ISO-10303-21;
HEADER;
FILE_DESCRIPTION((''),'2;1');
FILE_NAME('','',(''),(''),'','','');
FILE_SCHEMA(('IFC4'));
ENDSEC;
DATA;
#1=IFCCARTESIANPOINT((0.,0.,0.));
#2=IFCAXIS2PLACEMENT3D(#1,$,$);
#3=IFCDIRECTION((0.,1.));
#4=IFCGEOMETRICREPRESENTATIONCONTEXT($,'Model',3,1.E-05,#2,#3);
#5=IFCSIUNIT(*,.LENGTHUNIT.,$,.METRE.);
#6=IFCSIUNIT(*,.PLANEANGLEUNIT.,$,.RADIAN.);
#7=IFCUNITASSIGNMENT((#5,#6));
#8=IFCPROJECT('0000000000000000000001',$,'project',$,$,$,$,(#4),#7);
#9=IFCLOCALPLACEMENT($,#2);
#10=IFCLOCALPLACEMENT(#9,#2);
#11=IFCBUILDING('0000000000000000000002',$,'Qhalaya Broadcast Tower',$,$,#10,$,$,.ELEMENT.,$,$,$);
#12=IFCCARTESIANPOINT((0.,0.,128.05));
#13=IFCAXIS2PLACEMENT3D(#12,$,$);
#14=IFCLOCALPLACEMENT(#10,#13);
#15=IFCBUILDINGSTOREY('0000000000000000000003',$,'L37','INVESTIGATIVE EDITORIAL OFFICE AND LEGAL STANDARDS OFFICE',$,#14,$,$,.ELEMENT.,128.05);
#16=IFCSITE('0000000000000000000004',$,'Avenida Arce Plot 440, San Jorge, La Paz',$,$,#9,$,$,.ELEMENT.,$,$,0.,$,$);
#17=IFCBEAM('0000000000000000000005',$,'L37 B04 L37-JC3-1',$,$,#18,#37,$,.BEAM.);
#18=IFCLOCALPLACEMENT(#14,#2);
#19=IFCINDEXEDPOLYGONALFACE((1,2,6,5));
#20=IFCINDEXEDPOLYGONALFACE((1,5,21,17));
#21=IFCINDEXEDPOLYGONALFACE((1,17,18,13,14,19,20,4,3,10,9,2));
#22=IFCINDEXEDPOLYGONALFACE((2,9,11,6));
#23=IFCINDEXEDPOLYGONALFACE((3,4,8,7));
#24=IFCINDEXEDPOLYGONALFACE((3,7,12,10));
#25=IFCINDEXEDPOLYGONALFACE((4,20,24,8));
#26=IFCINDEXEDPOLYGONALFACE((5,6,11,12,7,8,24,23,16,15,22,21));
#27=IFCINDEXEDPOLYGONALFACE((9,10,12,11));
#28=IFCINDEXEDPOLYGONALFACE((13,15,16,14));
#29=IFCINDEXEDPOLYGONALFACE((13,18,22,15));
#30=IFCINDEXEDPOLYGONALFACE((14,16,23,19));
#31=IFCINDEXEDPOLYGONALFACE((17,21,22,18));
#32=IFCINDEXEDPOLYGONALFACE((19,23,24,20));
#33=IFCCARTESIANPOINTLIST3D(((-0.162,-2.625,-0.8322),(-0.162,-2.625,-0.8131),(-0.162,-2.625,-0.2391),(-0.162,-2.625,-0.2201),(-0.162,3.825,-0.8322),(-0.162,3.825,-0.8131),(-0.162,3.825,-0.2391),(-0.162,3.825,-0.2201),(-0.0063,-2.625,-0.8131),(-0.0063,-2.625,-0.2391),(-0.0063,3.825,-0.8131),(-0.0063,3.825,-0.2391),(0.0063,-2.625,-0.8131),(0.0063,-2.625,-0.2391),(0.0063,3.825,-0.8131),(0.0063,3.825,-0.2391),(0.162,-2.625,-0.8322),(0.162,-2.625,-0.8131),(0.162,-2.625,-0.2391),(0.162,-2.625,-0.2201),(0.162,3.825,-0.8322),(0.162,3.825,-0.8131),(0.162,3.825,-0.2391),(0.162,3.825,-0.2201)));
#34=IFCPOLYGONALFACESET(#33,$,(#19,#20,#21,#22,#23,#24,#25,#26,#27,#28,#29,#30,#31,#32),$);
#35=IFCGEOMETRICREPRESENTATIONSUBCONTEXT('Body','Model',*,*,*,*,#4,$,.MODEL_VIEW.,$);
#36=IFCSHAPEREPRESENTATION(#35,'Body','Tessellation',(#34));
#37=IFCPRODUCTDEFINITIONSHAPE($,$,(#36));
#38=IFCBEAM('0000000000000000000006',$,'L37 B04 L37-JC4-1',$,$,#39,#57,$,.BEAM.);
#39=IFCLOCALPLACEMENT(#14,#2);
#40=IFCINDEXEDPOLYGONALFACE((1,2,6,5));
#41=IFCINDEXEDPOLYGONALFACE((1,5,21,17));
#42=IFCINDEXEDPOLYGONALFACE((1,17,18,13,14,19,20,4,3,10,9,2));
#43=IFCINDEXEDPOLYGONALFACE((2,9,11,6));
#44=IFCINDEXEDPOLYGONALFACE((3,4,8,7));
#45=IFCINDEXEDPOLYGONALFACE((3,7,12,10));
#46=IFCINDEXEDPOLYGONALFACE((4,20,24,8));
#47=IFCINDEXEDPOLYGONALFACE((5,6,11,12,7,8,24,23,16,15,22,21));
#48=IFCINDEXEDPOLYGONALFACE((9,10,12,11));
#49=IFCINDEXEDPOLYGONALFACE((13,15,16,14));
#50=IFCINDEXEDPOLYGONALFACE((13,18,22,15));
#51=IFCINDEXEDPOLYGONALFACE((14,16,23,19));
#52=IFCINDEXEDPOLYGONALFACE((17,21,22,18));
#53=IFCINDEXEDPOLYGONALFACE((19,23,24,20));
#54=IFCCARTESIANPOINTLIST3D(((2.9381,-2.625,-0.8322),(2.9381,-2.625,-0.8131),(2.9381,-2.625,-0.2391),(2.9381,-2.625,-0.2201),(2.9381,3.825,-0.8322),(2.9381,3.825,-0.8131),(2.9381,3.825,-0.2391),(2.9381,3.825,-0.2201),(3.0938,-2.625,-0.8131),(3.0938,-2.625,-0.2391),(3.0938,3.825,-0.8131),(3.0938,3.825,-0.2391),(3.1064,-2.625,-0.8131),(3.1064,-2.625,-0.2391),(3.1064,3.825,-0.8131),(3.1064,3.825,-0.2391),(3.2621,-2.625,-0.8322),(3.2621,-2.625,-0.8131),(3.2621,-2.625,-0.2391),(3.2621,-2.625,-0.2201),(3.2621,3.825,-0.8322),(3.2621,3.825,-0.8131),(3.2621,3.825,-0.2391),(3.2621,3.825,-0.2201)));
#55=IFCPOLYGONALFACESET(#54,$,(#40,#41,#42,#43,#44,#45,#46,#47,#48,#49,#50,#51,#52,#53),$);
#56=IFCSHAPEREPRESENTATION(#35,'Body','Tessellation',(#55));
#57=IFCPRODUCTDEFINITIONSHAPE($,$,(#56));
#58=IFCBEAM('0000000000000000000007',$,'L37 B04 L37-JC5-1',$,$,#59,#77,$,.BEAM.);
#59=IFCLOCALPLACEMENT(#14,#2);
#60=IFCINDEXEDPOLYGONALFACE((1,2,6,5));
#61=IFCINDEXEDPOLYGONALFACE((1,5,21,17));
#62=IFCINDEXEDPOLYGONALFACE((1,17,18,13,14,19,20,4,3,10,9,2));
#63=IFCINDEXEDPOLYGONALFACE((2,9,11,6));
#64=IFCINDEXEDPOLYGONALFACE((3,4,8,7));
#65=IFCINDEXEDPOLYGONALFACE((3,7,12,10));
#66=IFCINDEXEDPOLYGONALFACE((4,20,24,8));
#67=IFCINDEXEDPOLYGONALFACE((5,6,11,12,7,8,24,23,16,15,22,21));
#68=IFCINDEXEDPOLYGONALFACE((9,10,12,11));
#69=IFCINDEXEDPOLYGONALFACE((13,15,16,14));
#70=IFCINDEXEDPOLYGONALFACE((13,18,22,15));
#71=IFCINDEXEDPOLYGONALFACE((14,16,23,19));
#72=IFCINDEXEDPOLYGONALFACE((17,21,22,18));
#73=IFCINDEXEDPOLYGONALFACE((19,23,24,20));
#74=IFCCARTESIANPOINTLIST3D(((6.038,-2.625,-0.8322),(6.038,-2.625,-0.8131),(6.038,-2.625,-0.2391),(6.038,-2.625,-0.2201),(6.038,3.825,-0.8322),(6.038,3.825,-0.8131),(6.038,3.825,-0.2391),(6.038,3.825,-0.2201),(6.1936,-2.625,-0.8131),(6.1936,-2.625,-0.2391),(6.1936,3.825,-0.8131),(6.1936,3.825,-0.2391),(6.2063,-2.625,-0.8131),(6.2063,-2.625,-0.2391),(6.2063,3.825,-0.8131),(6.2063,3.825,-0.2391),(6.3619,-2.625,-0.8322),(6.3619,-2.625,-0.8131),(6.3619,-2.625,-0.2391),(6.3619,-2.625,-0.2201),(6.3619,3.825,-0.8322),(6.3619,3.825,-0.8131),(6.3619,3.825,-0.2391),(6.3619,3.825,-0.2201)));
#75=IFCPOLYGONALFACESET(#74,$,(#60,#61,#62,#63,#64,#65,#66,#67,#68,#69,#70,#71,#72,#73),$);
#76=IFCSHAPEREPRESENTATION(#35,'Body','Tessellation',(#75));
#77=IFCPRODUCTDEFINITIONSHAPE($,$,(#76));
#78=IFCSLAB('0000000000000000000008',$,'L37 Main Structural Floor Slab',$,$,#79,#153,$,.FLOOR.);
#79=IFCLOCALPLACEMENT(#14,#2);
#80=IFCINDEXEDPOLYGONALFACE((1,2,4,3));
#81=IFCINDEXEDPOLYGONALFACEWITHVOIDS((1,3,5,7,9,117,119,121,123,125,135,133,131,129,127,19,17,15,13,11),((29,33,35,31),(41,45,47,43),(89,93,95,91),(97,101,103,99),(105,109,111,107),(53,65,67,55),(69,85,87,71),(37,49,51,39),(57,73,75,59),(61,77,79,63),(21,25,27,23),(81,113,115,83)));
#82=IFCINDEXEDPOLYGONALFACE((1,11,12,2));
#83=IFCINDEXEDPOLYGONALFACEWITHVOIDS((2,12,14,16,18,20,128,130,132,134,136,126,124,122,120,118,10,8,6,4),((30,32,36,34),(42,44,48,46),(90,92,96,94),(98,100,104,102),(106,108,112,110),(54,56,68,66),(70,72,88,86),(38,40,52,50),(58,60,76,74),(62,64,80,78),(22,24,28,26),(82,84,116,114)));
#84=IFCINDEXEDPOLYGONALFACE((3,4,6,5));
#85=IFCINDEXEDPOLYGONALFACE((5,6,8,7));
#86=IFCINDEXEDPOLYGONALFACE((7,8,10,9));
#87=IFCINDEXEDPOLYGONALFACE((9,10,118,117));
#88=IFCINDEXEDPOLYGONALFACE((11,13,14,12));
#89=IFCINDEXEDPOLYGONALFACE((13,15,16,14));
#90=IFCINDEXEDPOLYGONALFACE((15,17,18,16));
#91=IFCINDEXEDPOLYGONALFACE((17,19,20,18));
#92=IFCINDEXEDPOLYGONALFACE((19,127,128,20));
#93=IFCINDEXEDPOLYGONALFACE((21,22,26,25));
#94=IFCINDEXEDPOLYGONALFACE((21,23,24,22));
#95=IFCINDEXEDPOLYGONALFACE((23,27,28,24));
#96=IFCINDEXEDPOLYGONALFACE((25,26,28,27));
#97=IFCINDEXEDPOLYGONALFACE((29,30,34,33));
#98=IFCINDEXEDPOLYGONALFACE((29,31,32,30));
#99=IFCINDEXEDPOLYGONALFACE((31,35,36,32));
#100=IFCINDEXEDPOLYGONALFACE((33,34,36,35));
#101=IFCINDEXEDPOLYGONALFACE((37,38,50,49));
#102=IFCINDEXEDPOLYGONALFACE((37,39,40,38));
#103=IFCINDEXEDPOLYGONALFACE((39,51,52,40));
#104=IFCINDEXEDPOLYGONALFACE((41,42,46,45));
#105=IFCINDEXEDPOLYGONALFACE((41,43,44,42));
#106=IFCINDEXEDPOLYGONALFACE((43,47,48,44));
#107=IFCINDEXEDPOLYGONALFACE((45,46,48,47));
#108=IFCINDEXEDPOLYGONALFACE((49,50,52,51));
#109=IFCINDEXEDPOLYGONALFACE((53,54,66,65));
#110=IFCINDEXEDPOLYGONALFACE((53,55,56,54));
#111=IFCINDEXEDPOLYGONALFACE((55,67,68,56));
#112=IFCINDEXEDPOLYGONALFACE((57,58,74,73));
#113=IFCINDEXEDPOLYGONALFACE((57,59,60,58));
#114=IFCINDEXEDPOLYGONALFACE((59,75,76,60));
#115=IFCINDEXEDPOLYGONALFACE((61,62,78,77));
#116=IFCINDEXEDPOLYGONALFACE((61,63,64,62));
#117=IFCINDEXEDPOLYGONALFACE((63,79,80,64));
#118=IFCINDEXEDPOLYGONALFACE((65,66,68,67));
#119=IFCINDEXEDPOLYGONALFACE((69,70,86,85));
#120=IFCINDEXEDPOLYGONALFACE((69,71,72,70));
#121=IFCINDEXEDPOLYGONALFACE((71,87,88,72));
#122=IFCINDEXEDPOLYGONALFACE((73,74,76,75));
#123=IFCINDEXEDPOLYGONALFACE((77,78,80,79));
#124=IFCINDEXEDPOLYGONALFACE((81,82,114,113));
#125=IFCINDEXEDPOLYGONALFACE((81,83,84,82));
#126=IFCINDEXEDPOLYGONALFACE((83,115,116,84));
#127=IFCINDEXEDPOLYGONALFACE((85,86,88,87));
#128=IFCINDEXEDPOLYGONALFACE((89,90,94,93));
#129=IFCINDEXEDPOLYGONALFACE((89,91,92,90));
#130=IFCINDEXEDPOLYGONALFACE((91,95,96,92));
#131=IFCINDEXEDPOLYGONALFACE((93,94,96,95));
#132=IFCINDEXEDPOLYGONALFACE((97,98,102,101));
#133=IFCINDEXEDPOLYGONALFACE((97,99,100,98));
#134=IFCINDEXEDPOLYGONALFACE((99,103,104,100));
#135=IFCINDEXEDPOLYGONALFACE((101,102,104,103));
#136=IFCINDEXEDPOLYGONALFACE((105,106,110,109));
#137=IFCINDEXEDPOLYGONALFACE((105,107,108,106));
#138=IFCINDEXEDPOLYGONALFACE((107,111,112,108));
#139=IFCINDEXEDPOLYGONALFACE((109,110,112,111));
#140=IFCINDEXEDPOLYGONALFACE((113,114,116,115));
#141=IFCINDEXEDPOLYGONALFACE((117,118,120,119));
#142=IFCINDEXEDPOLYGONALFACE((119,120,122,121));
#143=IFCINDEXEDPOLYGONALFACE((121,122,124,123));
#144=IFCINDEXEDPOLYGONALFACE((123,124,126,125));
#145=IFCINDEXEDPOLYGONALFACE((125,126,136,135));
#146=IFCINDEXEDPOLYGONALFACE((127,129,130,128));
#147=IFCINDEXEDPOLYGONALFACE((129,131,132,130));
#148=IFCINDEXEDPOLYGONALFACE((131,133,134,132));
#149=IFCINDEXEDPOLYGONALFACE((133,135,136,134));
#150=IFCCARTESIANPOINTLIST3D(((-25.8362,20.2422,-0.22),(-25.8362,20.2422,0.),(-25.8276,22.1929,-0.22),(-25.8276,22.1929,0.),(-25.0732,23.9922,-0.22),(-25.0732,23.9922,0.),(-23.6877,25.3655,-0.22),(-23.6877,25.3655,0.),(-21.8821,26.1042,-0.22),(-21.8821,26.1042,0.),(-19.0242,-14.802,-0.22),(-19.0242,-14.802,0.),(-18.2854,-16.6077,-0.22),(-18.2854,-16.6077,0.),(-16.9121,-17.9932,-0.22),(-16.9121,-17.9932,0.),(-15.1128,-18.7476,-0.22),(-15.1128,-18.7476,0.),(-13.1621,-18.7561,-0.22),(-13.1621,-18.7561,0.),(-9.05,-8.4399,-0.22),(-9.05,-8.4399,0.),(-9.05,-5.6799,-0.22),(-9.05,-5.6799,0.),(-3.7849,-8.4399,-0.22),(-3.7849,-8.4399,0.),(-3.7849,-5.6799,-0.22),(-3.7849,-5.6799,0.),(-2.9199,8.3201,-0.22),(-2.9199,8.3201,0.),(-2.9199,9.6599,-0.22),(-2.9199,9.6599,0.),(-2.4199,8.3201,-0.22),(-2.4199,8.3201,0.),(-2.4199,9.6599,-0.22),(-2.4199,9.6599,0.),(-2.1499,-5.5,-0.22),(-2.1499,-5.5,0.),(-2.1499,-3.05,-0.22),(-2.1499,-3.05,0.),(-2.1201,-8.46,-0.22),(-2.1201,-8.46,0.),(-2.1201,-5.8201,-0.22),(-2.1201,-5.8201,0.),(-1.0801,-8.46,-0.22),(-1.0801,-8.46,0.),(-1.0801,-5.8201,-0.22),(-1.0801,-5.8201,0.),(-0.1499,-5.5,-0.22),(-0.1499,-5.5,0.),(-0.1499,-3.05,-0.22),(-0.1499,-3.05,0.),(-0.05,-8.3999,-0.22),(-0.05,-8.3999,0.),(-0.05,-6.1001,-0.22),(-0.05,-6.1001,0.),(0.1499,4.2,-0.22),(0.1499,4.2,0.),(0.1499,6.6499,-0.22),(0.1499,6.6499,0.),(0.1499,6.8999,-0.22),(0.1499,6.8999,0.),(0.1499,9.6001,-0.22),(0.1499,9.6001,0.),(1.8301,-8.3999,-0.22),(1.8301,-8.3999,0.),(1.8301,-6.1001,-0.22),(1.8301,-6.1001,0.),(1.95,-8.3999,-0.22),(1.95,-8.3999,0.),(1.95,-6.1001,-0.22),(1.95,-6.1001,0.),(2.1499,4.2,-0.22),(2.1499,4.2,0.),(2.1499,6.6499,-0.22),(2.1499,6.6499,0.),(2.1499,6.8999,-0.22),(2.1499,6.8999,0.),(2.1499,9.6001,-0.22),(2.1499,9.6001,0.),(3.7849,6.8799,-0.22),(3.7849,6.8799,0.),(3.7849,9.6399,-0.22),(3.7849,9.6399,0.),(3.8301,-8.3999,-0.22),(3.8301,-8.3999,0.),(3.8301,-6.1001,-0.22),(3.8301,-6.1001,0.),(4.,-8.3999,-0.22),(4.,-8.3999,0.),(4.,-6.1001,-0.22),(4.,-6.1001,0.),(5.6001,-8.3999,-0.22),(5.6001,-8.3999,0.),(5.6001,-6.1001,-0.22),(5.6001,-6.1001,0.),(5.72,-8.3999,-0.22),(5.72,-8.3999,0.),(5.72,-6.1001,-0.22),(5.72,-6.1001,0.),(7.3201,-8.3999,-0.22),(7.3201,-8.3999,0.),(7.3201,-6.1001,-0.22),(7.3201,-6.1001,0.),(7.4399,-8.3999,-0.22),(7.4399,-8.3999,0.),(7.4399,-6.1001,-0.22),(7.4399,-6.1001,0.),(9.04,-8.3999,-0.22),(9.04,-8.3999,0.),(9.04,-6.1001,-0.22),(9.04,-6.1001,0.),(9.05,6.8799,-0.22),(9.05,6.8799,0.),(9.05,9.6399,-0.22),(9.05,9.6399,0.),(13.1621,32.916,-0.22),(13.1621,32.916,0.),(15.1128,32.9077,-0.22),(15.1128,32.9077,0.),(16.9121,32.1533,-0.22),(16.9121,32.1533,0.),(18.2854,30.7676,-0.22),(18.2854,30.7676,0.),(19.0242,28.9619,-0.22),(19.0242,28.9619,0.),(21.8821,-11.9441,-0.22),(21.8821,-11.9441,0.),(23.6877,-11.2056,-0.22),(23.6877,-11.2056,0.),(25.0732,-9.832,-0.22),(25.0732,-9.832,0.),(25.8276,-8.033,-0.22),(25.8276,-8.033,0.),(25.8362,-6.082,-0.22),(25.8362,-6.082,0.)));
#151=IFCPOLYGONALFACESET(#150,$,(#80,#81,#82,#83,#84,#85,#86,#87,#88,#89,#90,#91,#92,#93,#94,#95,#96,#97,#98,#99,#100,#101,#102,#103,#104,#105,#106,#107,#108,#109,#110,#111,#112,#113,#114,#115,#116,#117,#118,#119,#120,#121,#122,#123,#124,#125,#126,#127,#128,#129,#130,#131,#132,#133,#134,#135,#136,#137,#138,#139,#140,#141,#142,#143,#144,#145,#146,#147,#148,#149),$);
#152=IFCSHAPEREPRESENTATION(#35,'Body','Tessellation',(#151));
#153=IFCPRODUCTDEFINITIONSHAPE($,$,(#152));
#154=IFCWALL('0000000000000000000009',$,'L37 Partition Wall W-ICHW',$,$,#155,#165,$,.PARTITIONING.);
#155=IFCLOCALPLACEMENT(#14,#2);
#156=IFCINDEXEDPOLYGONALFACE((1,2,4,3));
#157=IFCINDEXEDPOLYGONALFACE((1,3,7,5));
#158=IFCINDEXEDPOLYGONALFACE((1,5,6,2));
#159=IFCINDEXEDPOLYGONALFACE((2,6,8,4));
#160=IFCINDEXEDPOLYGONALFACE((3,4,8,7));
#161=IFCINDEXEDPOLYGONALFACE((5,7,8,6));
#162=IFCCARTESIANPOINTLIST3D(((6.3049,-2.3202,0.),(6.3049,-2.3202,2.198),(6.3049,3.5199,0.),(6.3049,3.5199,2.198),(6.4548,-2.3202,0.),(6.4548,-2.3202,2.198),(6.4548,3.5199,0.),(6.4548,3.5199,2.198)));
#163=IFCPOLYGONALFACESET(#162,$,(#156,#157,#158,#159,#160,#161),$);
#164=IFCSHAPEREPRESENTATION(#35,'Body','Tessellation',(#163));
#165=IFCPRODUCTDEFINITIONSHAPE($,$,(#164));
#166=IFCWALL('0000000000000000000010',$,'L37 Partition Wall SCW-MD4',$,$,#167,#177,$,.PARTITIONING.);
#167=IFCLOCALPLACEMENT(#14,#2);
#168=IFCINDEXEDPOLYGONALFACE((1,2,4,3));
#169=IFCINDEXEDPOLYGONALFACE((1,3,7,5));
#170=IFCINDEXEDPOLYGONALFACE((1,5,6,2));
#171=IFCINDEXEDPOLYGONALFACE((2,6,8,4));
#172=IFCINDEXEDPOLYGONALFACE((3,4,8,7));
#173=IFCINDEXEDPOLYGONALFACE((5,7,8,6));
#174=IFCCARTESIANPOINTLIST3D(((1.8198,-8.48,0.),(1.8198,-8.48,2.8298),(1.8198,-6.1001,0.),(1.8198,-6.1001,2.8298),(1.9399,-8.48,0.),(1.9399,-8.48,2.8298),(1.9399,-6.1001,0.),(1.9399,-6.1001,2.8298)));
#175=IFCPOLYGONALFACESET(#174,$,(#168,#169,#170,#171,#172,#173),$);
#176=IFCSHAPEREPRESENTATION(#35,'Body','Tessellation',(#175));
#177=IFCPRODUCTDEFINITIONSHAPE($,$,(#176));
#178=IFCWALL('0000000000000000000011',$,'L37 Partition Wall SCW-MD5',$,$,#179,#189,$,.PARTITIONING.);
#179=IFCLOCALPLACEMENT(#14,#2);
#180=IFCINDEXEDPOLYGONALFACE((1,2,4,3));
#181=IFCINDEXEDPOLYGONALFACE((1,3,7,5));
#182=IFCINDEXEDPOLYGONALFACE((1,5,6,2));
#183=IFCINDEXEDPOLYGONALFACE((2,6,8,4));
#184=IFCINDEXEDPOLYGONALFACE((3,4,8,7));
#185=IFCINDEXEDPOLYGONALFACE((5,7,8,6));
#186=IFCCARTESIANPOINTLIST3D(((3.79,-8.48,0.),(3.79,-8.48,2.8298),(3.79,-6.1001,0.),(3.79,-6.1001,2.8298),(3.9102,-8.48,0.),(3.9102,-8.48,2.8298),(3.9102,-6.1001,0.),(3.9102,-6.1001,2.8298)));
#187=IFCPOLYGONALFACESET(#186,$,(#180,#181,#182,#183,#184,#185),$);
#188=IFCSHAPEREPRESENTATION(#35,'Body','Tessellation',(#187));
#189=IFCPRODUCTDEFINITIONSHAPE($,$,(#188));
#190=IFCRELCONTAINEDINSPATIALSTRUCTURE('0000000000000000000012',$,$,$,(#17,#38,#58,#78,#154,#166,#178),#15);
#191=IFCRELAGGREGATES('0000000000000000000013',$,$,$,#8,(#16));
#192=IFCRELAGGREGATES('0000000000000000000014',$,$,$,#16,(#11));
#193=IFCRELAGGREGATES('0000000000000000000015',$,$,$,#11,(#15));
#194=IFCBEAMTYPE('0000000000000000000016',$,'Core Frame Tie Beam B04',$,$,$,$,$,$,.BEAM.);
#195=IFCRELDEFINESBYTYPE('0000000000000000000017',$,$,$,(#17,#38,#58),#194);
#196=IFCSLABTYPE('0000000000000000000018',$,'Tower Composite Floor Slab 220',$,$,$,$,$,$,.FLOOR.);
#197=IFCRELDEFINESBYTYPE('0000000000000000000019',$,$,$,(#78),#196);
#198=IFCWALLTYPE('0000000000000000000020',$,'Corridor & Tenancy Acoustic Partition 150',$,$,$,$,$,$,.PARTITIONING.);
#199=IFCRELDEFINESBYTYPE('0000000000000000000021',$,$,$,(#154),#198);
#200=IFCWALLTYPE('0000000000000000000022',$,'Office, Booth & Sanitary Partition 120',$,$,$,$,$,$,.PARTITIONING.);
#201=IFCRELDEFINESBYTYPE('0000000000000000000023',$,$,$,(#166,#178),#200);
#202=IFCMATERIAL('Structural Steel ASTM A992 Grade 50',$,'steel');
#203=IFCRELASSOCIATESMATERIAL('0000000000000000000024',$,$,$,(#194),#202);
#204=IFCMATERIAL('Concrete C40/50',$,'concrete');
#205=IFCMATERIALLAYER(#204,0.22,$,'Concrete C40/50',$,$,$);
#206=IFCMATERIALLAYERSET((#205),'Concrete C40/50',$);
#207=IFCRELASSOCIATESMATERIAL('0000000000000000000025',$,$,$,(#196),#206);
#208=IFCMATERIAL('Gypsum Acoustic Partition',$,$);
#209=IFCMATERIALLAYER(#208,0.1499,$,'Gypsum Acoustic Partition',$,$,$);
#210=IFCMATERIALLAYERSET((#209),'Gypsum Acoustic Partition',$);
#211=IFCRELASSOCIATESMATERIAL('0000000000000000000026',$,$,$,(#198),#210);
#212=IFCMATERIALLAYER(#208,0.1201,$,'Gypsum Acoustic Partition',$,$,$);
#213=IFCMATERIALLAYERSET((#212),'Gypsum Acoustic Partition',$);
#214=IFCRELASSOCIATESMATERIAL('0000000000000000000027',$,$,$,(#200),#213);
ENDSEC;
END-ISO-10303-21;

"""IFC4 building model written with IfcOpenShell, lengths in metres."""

from ifc_helpers import new_model, si_unit, direction, frame, frame_2d, origin, origin_2d, place, context, subcontext, project, spatial, polyline, rectangle, i_section, outline, extrude, material, layer, layer_set, material_profile, profile_set, type_object, element, save


model = new_model("IFC4")

# Units and contexts
model_context = context("Model", 3, precision=1e-05, world=origin(), true_north=direction((0.0, 1.0)))
body_context = subcontext(model_context, "Body", "Model", "MODEL_VIEW")
ifc_project = project(units=[si_unit("LENGTHUNIT", "METRE"), si_unit("PLANEANGLEUNIT", "RADIAN")], contexts=[model_context])

# Site, building, storey
site_placement = place(None, origin())
site = spatial("IfcSite", under=ifc_project, at=site_placement, Name="Avenida Arce Plot 440, San Jorge, La Paz", CompositionType="ELEMENT", RefElevation=0.0)
building_placement = place(site_placement, origin())
building = spatial("IfcBuilding", under=site, at=building_placement, Name="Qhalaya Broadcast Tower", CompositionType="ELEMENT")
storey_placement = place(building_placement, frame((0.0, 0.0, 128.05)))
storey = spatial("IfcBuildingStorey", under=building, at=storey_placement, Name="L37", Description="INVESTIGATIVE EDITORIAL OFFICE AND LEGAL STANDARDS OFFICE", CompositionType="ELEMENT", Elevation=128.05)

# Beams
ifc_material_1 = material(Name="Structural Steel ASTM A992 Grade 50", Category="steel")
ifc_material_profile = material_profile(ifc_material_1, i_section(OverallWidth=0.324, OverallDepth=0.6121, WebThickness=0.0127, FlangeThickness=0.019, at=origin_2d()), Name="W24X104")
ifc_profile_set = profile_set([ifc_material_profile], Name="Structural Steel ASTM A992 Grade 50")
beam_type = type_object("IfcBeamType", Name="Core Frame Tie Beam B04", PredefinedType="BEAM", material=ifc_profile_set)
for number, where, z_axis, x_axis, name in (
    (1, (0.0, -2.625, -0.5261), (0.0, 1.0, 0.0), (-1.0, 0.0, 0.0), "L37 B04 L37-JC3-1"),
    (2, (3.1001, -2.625, -0.5261), (0.0, 1.0, 0.0), (-1.0, 0.0, 0.0), "L37 B04 L37-JC4-1"),
    (3, (6.2, -2.625, -0.5261), (0.0, 1.0, 0.0), (-1.0, 0.0, 0.0), "L37 B04 L37-JC5-1"),
):
    element("IfcBeam", number, at=place(storey_placement, frame(where, z_axis=z_axis, x_axis=x_axis)), inside=storey, type_object=beam_type, Name=name, PredefinedType="BEAM", context=body_context, shape_type="SweptSolid", body=[
        extrude(i_section(OverallWidth=0.324, OverallDepth=0.6121, WebThickness=0.0127, FlangeThickness=0.019, at=origin_2d()), origin(), (0.0, 0.0, 1.0), 6.45),
    ])

# Slab
ifc_material_2 = material(Name="Concrete C40/50", Category="concrete")
ifc_layer_1 = layer(ifc_material_2, 0.22, Name="Concrete C40/50")
ifc_layer_set_1 = layer_set([ifc_layer_1], Name="Concrete C40/50")
slab_type = type_object("IfcSlabType", Name="Tower Composite Floor Slab 220", PredefinedType="FLOOR", material=ifc_layer_set_1)
slab_placement = place(storey_placement, frame((0.0, 0.0, -0.22)))
element("IfcSlab", 4, at=slab_placement, inside=storey, type_object=slab_type, Name="L37 Main Structural Floor Slab", PredefinedType="FLOOR", context=body_context, shape_type="SweptSolid", body=[
    extrude(outline(polyline([(21.8821, -11.9441), (23.6877, -11.2056), (25.0732, -9.832), (25.8276, -8.033), (25.8362, -6.082), (19.0242, 28.9619), (18.2854, 30.7676), (16.9121, 32.1533), (15.1128, 32.9077), (13.1621, 32.916), (-21.8821, 26.1042), (-23.6877, 25.3655), (-25.0732, 23.9922), (-25.8276, 22.1929), (-25.8362, 20.2422), (-19.0242, -14.802), (-18.2854, -16.6077), (-16.9121, -17.9932), (-15.1128, -18.7476), (-13.1621, -18.7561), (21.8821, -11.9441)]), holes=[polyline([(3.7849, 9.6399), (9.05, 9.6399), (9.05, 6.8799), (3.7849, 6.8799), (3.7849, 9.6399)]), polyline([(-3.7849, -8.4399), (-9.05, -8.4399), (-9.05, -5.6799), (-3.7849, -5.6799), (-3.7849, -8.4399)]), polyline([(0.1499, 6.6499), (2.1499, 6.6499), (2.1499, 4.2), (0.1499, 4.2), (0.1499, 6.6499)]), polyline([(0.1499, 9.6001), (2.1499, 9.6001), (2.1499, 6.8999), (0.1499, 6.8999), (0.1499, 9.6001)]), polyline([(-2.1499, -3.05), (-0.1499, -3.05), (-0.1499, -5.5), (-2.1499, -5.5), (-2.1499, -3.05)]), polyline([(-0.05, -6.1001), (1.8301, -6.1001), (1.8301, -8.3999), (-0.05, -8.3999), (-0.05, -6.1001)]), polyline([(1.95, -6.1001), (3.8301, -6.1001), (3.8301, -8.3999), (1.95, -8.3999), (1.95, -6.1001)]), polyline([(4.0, -6.1001), (5.6001, -6.1001), (5.6001, -8.3999), (4.0, -8.3999), (4.0, -6.1001)]), polyline([(5.72, -6.1001), (7.3201, -6.1001), (7.3201, -8.3999), (5.72, -8.3999), (5.72, -6.1001)]), polyline([(7.4399, -6.1001), (9.04, -6.1001), (9.04, -8.3999), (7.4399, -8.3999), (7.4399, -6.1001)]), polyline([(-2.9199, 9.6599), (-2.4199, 9.6599), (-2.4199, 8.3201), (-2.9199, 8.3201), (-2.9199, 9.6599)]), polyline([(-2.1201, -5.8201), (-1.0801, -5.8201), (-1.0801, -8.46), (-2.1201, -8.46), (-2.1201, -5.8201)])]), origin(), (0.0, 0.0, 1.0), 0.22),
])

# Walls
ifc_material_3 = material(Name="Gypsum Acoustic Partition")
ifc_layer_2 = layer(ifc_material_3, 0.1499, Name="Gypsum Acoustic Partition")
ifc_layer_set_2 = layer_set([ifc_layer_2], Name="Gypsum Acoustic Partition")
wall_type_1 = type_object("IfcWallType", Name="Corridor & Tenancy Acoustic Partition 150", PredefinedType="PARTITIONING", material=ifc_layer_set_2)
wall_1_placement = place(storey_placement, frame((6.3799, -2.3201, 0.0), z_axis=(0.0, 0.0, 1.0), x_axis=(0.0, 1.0, 0.0)))
element("IfcWall", 5, at=wall_1_placement, inside=storey, type_object=wall_type_1, Name="L37 Partition Wall W-ICHW", PredefinedType="PARTITIONING", context=body_context, shape_type="SweptSolid", body=[
    extrude(rectangle(XDim=5.8401, YDim=0.1499, at=frame_2d((2.9199, 0.0))), origin(), (0.0, 0.0, 1.0), 2.198),
])
ifc_layer_3 = layer(ifc_material_3, 0.1201, Name="Gypsum Acoustic Partition")
ifc_layer_set_3 = layer_set([ifc_layer_3], Name="Gypsum Acoustic Partition")
wall_type_2 = type_object("IfcWallType", Name="Office, Booth & Sanitary Partition 120", PredefinedType="PARTITIONING", material=ifc_layer_set_3)
for number, where, z_axis, x_axis, name in (
    (6, (1.8799, -8.48, 0.0), (0.0, 0.0, 1.0), (0.0, 1.0, 0.0), "L37 Partition Wall SCW-MD4"),
    (7, (3.8501, -8.48, 0.0), (0.0, 0.0, 1.0), (0.0, 1.0, 0.0), "L37 Partition Wall SCW-MD5"),
):
    element("IfcWall", number, at=place(storey_placement, frame(where, z_axis=z_axis, x_axis=x_axis)), inside=storey, type_object=wall_type_2, Name=name, PredefinedType="PARTITIONING", context=body_context, shape_type="SweptSolid", body=[
        extrude(rectangle(XDim=2.3799, YDim=0.1201, at=frame_2d((1.1899, 0.0))), origin(), (0.0, 0.0, 1.0), 2.8298),
    ])

save(model, "model.ifc")
